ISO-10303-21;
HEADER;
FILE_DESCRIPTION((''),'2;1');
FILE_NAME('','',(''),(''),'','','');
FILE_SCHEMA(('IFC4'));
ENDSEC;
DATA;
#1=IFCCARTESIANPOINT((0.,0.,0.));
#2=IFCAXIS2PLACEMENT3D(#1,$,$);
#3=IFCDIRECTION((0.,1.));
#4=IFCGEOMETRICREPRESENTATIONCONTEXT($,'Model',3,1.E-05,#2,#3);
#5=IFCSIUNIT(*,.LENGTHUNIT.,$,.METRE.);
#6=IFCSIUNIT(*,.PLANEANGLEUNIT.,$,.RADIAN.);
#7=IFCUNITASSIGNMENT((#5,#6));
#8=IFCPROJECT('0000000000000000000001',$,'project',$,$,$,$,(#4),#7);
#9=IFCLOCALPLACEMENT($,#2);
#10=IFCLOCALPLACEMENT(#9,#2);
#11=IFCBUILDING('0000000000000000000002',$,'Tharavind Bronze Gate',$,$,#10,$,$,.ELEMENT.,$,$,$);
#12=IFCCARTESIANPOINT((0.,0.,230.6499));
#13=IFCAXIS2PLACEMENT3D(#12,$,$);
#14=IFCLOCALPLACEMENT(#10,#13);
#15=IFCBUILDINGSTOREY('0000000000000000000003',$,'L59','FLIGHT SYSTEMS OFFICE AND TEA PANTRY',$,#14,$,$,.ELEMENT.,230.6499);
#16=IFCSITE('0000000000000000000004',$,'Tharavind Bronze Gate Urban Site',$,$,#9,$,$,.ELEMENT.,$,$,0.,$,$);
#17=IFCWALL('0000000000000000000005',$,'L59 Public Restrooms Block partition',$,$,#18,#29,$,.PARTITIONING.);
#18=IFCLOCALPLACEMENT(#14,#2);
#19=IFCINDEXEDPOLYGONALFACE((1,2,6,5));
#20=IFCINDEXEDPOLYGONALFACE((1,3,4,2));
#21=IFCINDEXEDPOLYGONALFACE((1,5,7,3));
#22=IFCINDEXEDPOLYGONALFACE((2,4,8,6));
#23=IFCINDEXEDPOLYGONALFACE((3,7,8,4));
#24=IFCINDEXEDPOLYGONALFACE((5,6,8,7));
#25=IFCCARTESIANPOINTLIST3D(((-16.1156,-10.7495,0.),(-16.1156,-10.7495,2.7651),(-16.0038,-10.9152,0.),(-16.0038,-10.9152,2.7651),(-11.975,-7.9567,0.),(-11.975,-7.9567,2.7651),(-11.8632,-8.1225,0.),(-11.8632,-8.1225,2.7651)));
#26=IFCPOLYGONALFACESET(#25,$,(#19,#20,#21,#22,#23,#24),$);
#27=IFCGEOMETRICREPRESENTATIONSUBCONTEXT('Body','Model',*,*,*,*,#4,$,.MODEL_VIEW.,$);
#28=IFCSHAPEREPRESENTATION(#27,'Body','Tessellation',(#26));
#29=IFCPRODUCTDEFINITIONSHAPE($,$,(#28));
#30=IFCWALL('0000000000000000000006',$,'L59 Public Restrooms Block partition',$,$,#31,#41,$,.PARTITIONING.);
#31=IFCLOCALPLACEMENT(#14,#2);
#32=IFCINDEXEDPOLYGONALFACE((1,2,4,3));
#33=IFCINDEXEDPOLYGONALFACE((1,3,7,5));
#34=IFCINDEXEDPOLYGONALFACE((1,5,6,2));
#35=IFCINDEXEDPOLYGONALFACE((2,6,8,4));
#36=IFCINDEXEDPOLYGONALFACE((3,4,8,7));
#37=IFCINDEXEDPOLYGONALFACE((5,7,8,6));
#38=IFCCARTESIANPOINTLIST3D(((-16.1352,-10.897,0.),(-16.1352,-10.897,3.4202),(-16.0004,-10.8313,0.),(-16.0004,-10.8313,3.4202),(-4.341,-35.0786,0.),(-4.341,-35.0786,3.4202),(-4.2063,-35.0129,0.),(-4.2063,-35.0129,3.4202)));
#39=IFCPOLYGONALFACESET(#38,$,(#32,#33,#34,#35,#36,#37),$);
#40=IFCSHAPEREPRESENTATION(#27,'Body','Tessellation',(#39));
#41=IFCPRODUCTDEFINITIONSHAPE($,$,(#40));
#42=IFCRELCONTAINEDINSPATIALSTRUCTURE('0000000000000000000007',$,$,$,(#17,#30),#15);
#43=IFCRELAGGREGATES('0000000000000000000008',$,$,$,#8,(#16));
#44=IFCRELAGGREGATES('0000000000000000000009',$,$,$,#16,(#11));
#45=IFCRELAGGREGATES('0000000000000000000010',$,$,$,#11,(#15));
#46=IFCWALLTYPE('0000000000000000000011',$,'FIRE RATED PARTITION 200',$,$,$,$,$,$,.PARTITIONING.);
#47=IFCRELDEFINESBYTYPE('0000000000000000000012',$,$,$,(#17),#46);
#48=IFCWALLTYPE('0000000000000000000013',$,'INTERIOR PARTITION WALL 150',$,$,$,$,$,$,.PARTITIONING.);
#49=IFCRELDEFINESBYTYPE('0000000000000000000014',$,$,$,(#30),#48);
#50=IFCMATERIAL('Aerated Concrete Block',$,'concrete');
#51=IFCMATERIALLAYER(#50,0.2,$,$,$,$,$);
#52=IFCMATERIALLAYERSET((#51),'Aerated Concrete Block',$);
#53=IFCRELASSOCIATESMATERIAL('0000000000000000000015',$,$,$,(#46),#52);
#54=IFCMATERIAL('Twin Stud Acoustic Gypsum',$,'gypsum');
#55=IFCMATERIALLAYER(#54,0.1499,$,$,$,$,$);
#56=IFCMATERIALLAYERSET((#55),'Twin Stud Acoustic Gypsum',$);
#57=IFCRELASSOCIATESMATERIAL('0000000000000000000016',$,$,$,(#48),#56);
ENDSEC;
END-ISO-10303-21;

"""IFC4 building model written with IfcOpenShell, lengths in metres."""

from ifc_helpers import new_model, si_unit, direction, frame, frame_2d, origin, place, context, subcontext, project, spatial, rectangle, extrude, material, layer, layer_set, type_object, element, save


model = new_model("IFC4")

# Units and contexts
model_context = context("Model", 3, precision=1e-05, world=origin(), true_north=direction((0.0, 1.0)))
body_context = subcontext(model_context, "Body", "Model", "MODEL_VIEW")
ifc_project = project(units=[si_unit("LENGTHUNIT", "METRE"), si_unit("PLANEANGLEUNIT", "RADIAN")], contexts=[model_context])

# Site, building, storey
site_placement = place(None, origin())
site = spatial("IfcSite", under=ifc_project, at=site_placement, Name="Tharavind Bronze Gate Urban Site", CompositionType="ELEMENT", RefElevation=0.0)
building_placement = place(site_placement, origin())
building = spatial("IfcBuilding", under=site, at=building_placement, Name="Tharavind Bronze Gate", CompositionType="ELEMENT")
storey_placement = place(building_placement, frame((0.0, 0.0, 230.6499)))
storey = spatial("IfcBuildingStorey", under=building, at=storey_placement, Name="L59", Description="FLIGHT SYSTEMS OFFICE AND TEA PANTRY", CompositionType="ELEMENT", Elevation=230.6499)

# Shared definitions
ifc_material_1 = material(Name="Aerated Concrete Block", Category="concrete")
ifc_layer_1 = layer(ifc_material_1, 0.2)
ifc_layer_set_1 = layer_set([ifc_layer_1], Name="Aerated Concrete Block")
wall_type_1 = type_object("IfcWallType", Name="FIRE RATED PARTITION 200", PredefinedType="PARTITIONING", material=ifc_layer_set_1)

# Walls
wall_1_placement = place(storey_placement, frame((-16.0596, -10.8323, 0.0), z_axis=(0.0, 0.0, 1.0), x_axis=(0.829053, 0.559171, 0.0)))
element("IfcWall", 1, at=wall_1_placement, inside=storey, type_object=wall_type_1, Name="L59 Public Restrooms Block partition", PredefinedType="PARTITIONING", context=body_context, shape_type="SweptSolid", body=[
    extrude(rectangle(XDim=4.9944, YDim=0.2, at=frame_2d((2.4971, 0.0))), origin(), (0.0, 0.0, 1.0), 2.7651),
])
ifc_material_2 = material(Name="Twin Stud Acoustic Gypsum", Category="gypsum")
ifc_layer_2 = layer(ifc_material_2, 0.1499)
ifc_layer_set_2 = layer_set([ifc_layer_2], Name="Twin Stud Acoustic Gypsum")
wall_type_2 = type_object("IfcWallType", Name="INTERIOR PARTITION WALL 150", PredefinedType="PARTITIONING", material=ifc_layer_set_2)
wall_2_placement = place(storey_placement, frame((-4.2737, -35.0457, 0.0), z_axis=(0.0, 0.0, 1.0), x_axis=(-0.438372, 0.898794, 0.0)))
element("IfcWall", 2, at=wall_2_placement, inside=storey, type_object=wall_type_2, Name="L59 Public Restrooms Block partition", PredefinedType="PARTITIONING", context=body_context, shape_type="SweptSolid", body=[
    extrude(rectangle(XDim=26.9045, YDim=0.1499, at=frame_2d((13.4521, 0.0))), origin(), (0.0, 0.0, 1.0), 3.4202),
])

save(model, "model.ifc")
